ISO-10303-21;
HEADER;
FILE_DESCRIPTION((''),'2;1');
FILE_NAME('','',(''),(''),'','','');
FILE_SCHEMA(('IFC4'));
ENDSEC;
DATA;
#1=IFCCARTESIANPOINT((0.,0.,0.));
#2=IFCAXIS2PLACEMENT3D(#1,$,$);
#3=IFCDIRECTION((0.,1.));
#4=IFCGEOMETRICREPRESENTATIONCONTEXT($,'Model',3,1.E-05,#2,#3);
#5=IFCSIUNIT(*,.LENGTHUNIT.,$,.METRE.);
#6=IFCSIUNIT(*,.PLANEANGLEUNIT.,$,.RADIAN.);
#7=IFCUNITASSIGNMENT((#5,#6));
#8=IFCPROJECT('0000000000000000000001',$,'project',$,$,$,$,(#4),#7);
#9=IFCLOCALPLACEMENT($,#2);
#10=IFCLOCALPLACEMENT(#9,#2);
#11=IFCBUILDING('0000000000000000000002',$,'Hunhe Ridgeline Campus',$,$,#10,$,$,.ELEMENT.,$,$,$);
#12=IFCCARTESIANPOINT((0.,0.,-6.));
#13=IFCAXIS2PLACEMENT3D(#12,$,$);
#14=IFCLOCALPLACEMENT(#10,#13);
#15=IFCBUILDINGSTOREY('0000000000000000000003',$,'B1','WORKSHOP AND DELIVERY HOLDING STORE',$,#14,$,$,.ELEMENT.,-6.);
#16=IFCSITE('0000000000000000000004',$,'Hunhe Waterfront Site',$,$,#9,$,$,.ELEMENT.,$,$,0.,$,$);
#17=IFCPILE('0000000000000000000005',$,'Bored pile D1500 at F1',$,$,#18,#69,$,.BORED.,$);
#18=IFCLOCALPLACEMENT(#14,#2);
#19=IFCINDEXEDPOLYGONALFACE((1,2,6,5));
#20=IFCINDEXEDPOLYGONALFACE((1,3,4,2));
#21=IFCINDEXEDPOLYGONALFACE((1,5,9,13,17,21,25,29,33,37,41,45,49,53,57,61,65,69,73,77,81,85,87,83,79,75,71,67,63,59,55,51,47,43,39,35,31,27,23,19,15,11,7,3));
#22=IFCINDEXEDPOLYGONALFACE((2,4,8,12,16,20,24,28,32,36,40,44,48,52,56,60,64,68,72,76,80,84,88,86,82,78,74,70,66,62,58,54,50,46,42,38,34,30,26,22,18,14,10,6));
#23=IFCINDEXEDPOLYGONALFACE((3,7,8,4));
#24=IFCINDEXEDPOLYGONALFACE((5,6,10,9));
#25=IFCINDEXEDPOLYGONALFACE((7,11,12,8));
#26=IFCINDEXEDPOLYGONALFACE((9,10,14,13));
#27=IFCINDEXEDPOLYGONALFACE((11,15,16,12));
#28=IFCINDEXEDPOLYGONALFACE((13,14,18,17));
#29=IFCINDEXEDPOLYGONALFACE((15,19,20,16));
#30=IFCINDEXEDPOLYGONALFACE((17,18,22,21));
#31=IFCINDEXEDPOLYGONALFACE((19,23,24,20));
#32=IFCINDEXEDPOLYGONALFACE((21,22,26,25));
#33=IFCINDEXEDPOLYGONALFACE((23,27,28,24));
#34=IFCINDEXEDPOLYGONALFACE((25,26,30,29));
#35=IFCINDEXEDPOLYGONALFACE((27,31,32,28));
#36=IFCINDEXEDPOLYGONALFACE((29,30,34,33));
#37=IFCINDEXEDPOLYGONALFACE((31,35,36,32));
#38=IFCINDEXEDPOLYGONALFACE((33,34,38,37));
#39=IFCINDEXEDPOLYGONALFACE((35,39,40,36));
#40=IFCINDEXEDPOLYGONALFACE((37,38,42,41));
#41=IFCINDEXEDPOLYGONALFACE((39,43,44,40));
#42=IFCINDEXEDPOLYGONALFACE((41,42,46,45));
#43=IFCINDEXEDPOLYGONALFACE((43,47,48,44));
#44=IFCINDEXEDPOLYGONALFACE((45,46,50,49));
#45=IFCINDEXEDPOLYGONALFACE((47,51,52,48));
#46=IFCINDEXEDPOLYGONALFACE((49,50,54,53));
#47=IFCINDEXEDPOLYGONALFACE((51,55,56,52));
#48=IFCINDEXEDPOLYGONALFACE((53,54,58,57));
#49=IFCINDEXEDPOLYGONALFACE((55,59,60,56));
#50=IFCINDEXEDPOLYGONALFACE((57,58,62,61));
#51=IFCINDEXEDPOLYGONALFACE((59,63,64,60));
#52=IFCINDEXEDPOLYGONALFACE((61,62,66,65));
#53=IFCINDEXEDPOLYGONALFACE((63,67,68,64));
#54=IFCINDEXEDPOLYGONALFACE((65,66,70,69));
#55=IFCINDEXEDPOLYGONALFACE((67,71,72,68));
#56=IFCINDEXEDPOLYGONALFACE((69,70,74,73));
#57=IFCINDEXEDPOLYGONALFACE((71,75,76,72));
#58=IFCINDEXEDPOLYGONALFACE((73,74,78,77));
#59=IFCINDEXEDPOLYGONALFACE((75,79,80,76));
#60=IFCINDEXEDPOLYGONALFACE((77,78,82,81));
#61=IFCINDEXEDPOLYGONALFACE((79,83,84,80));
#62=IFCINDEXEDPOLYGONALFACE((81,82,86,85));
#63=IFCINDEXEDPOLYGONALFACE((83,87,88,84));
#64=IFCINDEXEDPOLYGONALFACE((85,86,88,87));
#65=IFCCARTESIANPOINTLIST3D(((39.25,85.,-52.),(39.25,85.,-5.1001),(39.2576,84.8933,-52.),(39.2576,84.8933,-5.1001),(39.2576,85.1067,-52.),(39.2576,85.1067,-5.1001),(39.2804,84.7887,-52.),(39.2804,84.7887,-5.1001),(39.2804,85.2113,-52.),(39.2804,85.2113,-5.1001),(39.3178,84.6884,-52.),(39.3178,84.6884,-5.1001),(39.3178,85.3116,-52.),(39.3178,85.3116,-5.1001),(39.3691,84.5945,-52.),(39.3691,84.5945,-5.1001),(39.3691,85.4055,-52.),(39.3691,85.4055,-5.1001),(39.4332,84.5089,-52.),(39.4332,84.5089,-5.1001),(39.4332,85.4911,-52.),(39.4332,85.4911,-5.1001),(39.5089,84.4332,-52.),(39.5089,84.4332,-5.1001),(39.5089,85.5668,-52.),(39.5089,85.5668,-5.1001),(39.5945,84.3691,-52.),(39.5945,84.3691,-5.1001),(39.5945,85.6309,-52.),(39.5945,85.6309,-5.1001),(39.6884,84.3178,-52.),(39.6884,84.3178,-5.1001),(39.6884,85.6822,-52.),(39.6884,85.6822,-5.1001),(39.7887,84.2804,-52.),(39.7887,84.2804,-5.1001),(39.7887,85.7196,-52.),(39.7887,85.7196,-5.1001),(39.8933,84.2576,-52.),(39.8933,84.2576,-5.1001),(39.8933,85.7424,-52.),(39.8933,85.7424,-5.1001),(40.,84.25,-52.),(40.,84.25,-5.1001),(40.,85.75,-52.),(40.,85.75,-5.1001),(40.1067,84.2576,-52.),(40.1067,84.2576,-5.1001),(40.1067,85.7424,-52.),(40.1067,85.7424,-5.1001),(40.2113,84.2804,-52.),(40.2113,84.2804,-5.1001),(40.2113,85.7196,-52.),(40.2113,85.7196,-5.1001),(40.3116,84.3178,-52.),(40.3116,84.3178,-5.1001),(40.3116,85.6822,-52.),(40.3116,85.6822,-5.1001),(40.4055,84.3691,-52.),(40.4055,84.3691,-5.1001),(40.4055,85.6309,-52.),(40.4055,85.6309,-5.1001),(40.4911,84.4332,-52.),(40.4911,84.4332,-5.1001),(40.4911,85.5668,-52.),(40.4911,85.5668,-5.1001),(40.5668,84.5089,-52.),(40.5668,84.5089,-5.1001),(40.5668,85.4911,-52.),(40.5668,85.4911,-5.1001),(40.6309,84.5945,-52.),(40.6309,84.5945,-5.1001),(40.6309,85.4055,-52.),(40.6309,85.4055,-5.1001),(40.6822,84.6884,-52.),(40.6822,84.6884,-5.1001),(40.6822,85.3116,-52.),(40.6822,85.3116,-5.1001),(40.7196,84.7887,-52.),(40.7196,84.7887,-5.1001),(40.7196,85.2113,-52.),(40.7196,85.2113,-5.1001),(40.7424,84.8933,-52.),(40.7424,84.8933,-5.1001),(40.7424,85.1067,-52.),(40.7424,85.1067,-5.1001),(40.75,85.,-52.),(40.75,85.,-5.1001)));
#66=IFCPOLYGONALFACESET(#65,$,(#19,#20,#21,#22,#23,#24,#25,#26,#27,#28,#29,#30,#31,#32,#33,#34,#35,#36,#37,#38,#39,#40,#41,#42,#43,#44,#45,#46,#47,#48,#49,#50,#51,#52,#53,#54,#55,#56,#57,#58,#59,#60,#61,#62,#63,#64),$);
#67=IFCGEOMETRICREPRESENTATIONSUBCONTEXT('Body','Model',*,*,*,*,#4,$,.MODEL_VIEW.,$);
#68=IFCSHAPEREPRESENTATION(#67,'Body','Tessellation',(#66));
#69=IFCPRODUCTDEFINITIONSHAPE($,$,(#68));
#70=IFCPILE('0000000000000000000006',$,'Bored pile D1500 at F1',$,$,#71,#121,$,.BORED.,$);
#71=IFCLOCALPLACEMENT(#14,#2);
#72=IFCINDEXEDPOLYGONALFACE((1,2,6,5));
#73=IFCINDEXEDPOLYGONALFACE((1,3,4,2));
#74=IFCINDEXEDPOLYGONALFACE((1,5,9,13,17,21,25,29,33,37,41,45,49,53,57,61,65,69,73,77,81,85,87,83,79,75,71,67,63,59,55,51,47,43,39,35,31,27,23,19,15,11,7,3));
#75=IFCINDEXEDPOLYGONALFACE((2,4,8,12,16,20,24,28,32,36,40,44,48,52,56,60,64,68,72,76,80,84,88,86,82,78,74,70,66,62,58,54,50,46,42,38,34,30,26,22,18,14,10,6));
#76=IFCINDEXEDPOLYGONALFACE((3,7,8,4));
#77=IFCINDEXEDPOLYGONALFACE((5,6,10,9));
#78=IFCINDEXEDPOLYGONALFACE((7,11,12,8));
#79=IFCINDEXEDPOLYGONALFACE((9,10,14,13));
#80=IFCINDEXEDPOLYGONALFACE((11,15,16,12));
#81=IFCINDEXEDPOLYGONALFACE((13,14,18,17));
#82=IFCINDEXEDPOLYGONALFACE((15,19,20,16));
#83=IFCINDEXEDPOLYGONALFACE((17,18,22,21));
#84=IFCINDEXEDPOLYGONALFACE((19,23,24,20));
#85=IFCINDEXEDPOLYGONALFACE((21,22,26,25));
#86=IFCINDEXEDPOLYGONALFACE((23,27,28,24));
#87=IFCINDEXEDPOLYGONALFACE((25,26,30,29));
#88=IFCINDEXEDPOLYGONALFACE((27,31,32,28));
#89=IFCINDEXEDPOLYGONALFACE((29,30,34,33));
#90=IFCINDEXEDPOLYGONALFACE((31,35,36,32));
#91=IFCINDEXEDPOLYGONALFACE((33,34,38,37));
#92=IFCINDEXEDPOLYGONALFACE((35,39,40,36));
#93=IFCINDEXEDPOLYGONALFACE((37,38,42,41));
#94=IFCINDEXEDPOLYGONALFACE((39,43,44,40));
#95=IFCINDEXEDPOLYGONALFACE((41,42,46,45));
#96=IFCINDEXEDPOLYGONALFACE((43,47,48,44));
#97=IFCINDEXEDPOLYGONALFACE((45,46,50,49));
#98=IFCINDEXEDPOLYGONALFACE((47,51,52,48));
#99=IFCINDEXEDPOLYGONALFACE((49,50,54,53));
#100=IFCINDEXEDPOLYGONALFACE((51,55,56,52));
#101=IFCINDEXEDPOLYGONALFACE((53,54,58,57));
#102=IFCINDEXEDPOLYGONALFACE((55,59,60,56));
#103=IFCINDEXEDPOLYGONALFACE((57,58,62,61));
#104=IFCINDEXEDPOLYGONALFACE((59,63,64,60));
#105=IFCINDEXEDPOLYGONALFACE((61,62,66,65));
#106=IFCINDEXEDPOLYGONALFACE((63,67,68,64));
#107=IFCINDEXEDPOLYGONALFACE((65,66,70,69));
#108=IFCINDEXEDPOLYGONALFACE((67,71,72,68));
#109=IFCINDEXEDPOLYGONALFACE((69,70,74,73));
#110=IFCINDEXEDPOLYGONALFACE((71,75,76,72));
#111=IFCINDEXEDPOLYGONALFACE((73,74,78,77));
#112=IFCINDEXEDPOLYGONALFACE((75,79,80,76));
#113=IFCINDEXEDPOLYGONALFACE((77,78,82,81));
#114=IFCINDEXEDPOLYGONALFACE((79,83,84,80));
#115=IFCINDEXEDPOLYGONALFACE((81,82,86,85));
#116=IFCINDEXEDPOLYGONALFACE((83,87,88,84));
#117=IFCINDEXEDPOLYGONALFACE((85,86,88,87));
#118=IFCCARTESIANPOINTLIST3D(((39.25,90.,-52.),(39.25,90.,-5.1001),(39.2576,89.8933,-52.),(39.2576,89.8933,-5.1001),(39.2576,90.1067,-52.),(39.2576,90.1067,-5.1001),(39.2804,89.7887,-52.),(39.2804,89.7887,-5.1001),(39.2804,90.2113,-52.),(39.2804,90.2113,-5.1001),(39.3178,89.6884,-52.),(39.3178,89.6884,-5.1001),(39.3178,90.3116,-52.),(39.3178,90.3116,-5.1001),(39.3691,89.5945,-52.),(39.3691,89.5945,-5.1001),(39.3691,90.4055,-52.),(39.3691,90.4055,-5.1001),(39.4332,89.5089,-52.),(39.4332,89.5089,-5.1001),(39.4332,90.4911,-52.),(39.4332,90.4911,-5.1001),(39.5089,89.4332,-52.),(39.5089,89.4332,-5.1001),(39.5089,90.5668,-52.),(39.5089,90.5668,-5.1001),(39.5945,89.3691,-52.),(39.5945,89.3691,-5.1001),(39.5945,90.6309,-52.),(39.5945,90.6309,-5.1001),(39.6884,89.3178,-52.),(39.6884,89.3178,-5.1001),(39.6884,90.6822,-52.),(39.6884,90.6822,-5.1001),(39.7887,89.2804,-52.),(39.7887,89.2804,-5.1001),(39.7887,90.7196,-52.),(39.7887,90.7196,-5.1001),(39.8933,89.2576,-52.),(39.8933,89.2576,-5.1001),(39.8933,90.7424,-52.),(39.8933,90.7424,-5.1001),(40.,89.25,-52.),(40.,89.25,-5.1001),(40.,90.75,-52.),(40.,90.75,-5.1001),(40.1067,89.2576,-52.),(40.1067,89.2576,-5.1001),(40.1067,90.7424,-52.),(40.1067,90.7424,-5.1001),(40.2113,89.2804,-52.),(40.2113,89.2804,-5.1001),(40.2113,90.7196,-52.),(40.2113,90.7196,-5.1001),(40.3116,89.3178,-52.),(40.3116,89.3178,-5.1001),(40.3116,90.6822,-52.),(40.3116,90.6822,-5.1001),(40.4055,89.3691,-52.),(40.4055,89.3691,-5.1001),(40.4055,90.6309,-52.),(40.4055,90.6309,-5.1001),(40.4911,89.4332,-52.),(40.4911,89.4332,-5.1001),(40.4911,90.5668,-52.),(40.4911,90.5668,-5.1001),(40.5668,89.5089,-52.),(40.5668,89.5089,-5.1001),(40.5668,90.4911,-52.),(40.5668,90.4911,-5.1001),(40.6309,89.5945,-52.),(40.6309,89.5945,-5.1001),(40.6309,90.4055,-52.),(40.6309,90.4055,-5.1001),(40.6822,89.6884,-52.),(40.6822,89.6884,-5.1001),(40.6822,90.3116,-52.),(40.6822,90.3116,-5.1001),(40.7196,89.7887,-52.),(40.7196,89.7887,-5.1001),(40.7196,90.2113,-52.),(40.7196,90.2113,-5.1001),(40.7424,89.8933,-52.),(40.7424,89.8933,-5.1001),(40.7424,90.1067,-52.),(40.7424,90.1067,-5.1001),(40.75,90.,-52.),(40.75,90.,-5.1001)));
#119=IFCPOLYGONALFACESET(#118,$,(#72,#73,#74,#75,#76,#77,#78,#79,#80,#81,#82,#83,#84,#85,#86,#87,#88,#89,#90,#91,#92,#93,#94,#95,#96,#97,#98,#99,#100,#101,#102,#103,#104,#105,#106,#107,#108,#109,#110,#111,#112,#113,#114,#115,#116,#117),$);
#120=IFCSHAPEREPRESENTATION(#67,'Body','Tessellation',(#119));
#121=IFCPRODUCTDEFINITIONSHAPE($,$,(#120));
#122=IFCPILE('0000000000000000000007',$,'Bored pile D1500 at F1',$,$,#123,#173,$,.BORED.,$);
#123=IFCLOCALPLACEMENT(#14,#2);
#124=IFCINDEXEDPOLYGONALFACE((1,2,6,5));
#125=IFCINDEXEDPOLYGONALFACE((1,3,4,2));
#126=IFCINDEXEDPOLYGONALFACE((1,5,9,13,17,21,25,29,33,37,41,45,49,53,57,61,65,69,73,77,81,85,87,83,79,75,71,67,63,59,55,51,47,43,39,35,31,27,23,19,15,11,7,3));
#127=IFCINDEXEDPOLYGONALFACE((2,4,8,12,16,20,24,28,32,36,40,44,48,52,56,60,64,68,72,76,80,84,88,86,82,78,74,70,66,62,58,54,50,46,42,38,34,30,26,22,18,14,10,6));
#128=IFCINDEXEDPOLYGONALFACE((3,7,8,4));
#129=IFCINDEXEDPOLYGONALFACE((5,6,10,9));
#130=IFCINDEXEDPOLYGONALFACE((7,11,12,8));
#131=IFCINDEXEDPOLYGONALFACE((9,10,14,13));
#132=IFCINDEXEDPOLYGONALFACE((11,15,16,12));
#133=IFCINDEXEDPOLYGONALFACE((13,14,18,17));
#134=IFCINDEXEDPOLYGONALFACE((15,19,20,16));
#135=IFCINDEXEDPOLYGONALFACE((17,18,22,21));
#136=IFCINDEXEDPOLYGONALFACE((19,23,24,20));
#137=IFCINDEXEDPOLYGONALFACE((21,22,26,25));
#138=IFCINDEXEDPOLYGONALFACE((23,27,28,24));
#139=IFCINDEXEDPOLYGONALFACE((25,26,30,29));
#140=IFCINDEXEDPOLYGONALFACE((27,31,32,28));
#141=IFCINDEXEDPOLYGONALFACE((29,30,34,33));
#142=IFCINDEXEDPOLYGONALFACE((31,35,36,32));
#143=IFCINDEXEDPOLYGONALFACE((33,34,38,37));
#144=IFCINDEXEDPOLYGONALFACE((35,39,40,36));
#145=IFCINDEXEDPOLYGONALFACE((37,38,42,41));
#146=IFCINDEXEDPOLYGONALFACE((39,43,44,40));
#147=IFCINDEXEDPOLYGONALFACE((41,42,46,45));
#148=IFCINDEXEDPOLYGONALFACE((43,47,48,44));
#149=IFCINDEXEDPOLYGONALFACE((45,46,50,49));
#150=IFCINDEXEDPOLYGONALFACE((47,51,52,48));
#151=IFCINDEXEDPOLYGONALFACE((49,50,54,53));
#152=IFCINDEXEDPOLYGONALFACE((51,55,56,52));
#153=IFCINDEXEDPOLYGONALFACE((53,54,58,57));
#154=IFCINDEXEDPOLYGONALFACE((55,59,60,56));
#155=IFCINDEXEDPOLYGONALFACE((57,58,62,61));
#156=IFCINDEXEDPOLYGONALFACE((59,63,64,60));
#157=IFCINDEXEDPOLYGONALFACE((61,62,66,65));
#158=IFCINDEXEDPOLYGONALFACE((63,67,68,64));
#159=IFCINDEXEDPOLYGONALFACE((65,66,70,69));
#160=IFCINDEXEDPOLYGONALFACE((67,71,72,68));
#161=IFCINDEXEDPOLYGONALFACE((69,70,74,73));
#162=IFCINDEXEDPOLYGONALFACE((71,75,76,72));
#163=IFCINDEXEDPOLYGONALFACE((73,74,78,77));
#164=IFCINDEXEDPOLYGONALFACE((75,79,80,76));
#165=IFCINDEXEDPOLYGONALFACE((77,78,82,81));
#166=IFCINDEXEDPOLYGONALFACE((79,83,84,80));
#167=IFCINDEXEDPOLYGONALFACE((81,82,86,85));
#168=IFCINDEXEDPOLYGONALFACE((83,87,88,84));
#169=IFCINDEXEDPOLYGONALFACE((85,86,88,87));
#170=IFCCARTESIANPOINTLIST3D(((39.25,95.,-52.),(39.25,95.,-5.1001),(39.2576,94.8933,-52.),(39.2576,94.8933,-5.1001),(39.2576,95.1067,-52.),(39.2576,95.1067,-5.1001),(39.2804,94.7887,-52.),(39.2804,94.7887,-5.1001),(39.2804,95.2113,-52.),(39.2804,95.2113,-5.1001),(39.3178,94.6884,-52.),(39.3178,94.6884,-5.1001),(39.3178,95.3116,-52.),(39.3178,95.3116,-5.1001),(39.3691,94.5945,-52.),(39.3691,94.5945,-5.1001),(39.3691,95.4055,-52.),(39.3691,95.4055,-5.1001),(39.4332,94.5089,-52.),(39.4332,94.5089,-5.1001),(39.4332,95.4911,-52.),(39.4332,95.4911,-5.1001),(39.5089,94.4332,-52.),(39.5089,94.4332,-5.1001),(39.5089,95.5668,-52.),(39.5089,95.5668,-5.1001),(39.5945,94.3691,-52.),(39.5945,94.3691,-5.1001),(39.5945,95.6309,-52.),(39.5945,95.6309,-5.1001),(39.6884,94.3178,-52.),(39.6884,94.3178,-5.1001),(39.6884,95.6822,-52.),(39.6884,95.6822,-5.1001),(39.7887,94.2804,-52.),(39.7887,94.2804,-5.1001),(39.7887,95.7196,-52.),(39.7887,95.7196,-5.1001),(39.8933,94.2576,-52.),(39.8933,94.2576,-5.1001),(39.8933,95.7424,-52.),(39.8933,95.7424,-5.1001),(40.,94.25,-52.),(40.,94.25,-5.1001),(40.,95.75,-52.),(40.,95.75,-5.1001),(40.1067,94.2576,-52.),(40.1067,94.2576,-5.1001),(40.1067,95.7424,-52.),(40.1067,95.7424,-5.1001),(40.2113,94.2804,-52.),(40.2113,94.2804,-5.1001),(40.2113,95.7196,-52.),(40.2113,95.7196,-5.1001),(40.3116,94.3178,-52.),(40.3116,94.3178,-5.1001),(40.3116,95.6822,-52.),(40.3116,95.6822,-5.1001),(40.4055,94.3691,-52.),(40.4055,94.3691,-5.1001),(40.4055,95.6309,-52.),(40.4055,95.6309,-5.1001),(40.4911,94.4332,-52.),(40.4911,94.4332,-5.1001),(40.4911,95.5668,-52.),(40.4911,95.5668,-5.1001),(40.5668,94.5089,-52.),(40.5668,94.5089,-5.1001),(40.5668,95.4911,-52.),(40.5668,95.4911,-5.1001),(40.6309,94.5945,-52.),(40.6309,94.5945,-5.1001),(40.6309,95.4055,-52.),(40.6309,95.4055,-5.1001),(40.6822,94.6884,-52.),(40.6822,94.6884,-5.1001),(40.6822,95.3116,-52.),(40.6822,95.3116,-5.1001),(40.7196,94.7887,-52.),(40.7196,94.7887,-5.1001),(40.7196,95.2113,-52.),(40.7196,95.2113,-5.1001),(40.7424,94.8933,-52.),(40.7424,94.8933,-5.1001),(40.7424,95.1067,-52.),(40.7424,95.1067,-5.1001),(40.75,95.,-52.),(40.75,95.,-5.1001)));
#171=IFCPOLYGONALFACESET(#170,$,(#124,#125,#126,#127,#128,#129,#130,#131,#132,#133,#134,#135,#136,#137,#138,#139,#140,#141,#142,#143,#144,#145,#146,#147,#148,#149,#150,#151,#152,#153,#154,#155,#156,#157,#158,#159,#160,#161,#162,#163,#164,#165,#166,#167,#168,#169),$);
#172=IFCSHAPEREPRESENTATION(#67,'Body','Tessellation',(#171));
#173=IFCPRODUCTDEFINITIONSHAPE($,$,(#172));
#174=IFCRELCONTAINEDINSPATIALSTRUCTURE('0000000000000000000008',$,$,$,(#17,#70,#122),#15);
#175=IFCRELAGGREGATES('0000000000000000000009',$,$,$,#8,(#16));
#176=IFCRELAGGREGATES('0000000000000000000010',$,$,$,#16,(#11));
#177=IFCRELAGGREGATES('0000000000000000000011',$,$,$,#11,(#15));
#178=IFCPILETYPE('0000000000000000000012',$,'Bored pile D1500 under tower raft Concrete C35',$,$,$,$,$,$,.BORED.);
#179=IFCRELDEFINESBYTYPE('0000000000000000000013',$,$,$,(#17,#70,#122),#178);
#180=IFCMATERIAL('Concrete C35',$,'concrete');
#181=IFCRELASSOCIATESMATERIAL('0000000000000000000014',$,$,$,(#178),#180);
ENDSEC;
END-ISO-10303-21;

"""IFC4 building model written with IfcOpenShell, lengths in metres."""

from ifc_helpers import new_model, si_unit, direction, frame, origin, origin_2d, place, context, subcontext, project, spatial, circle, extrude, material, material_profile, profile_set, type_object, element, save


model = new_model("IFC4")

# Units and contexts
model_context = context("Model", 3, precision=1e-05, world=origin(), true_north=direction((0.0, 1.0)))
body_context = subcontext(model_context, "Body", "Model", "MODEL_VIEW")
ifc_project = project(units=[si_unit("LENGTHUNIT", "METRE"), si_unit("PLANEANGLEUNIT", "RADIAN")], contexts=[model_context])

# Site, building, storey
site_placement = place(None, origin())
site = spatial("IfcSite", under=ifc_project, at=site_placement, Name="Hunhe Waterfront Site", CompositionType="ELEMENT", RefElevation=0.0)
building_placement = place(site_placement, origin())
building = spatial("IfcBuilding", under=site, at=building_placement, Name="Hunhe Ridgeline Campus", CompositionType="ELEMENT")
storey_placement = place(building_placement, frame((0.0, 0.0, -6.0)))
storey = spatial("IfcBuildingStorey", under=building, at=storey_placement, Name="B1", Description="WORKSHOP AND DELIVERY HOLDING STORE", CompositionType="ELEMENT", Elevation=-6.0)

# Piles
ifc_material_1 = material(Name="Concrete C35", Category="concrete")
ifc_material_profile_1 = material_profile(ifc_material_1, circle(Radius=0.75, at=origin_2d()))
ifc_profile_set_1 = profile_set([ifc_material_profile_1], Name="Concrete C35")
pile_type = type_object("IfcPileType", Name="Bored pile D1500 under tower raft Concrete C35", PredefinedType="BORED", material=ifc_profile_set_1)
for number, where, z_axis, x_axis, name in (
    (1, (40.0, 85.0, -5.1001), (0.0, 0.0, -1.0), (1.0, 0.0, 0.0), "Bored pile D1500 at F1"),
    (2, (40.0, 90.0, -5.1001), (0.0, 0.0, -1.0), (1.0, 0.0, 0.0), "Bored pile D1500 at F1"),
    (3, (40.0, 95.0, -5.1001), (0.0, 0.0, -1.0), (1.0, 0.0, 0.0), "Bored pile D1500 at F1"),
):
    element("IfcPile", number, at=place(storey_placement, frame(where, z_axis=z_axis, x_axis=x_axis)), inside=storey, type_object=pile_type, Name=name, PredefinedType="BORED", context=body_context, shape_type="SweptSolid", body=[
        extrude(circle(Radius=0.75, at=origin_2d()), origin(), (0.0, 0.0, 1.0), 46.8999),
    ])

save(model, "model.ifc")
